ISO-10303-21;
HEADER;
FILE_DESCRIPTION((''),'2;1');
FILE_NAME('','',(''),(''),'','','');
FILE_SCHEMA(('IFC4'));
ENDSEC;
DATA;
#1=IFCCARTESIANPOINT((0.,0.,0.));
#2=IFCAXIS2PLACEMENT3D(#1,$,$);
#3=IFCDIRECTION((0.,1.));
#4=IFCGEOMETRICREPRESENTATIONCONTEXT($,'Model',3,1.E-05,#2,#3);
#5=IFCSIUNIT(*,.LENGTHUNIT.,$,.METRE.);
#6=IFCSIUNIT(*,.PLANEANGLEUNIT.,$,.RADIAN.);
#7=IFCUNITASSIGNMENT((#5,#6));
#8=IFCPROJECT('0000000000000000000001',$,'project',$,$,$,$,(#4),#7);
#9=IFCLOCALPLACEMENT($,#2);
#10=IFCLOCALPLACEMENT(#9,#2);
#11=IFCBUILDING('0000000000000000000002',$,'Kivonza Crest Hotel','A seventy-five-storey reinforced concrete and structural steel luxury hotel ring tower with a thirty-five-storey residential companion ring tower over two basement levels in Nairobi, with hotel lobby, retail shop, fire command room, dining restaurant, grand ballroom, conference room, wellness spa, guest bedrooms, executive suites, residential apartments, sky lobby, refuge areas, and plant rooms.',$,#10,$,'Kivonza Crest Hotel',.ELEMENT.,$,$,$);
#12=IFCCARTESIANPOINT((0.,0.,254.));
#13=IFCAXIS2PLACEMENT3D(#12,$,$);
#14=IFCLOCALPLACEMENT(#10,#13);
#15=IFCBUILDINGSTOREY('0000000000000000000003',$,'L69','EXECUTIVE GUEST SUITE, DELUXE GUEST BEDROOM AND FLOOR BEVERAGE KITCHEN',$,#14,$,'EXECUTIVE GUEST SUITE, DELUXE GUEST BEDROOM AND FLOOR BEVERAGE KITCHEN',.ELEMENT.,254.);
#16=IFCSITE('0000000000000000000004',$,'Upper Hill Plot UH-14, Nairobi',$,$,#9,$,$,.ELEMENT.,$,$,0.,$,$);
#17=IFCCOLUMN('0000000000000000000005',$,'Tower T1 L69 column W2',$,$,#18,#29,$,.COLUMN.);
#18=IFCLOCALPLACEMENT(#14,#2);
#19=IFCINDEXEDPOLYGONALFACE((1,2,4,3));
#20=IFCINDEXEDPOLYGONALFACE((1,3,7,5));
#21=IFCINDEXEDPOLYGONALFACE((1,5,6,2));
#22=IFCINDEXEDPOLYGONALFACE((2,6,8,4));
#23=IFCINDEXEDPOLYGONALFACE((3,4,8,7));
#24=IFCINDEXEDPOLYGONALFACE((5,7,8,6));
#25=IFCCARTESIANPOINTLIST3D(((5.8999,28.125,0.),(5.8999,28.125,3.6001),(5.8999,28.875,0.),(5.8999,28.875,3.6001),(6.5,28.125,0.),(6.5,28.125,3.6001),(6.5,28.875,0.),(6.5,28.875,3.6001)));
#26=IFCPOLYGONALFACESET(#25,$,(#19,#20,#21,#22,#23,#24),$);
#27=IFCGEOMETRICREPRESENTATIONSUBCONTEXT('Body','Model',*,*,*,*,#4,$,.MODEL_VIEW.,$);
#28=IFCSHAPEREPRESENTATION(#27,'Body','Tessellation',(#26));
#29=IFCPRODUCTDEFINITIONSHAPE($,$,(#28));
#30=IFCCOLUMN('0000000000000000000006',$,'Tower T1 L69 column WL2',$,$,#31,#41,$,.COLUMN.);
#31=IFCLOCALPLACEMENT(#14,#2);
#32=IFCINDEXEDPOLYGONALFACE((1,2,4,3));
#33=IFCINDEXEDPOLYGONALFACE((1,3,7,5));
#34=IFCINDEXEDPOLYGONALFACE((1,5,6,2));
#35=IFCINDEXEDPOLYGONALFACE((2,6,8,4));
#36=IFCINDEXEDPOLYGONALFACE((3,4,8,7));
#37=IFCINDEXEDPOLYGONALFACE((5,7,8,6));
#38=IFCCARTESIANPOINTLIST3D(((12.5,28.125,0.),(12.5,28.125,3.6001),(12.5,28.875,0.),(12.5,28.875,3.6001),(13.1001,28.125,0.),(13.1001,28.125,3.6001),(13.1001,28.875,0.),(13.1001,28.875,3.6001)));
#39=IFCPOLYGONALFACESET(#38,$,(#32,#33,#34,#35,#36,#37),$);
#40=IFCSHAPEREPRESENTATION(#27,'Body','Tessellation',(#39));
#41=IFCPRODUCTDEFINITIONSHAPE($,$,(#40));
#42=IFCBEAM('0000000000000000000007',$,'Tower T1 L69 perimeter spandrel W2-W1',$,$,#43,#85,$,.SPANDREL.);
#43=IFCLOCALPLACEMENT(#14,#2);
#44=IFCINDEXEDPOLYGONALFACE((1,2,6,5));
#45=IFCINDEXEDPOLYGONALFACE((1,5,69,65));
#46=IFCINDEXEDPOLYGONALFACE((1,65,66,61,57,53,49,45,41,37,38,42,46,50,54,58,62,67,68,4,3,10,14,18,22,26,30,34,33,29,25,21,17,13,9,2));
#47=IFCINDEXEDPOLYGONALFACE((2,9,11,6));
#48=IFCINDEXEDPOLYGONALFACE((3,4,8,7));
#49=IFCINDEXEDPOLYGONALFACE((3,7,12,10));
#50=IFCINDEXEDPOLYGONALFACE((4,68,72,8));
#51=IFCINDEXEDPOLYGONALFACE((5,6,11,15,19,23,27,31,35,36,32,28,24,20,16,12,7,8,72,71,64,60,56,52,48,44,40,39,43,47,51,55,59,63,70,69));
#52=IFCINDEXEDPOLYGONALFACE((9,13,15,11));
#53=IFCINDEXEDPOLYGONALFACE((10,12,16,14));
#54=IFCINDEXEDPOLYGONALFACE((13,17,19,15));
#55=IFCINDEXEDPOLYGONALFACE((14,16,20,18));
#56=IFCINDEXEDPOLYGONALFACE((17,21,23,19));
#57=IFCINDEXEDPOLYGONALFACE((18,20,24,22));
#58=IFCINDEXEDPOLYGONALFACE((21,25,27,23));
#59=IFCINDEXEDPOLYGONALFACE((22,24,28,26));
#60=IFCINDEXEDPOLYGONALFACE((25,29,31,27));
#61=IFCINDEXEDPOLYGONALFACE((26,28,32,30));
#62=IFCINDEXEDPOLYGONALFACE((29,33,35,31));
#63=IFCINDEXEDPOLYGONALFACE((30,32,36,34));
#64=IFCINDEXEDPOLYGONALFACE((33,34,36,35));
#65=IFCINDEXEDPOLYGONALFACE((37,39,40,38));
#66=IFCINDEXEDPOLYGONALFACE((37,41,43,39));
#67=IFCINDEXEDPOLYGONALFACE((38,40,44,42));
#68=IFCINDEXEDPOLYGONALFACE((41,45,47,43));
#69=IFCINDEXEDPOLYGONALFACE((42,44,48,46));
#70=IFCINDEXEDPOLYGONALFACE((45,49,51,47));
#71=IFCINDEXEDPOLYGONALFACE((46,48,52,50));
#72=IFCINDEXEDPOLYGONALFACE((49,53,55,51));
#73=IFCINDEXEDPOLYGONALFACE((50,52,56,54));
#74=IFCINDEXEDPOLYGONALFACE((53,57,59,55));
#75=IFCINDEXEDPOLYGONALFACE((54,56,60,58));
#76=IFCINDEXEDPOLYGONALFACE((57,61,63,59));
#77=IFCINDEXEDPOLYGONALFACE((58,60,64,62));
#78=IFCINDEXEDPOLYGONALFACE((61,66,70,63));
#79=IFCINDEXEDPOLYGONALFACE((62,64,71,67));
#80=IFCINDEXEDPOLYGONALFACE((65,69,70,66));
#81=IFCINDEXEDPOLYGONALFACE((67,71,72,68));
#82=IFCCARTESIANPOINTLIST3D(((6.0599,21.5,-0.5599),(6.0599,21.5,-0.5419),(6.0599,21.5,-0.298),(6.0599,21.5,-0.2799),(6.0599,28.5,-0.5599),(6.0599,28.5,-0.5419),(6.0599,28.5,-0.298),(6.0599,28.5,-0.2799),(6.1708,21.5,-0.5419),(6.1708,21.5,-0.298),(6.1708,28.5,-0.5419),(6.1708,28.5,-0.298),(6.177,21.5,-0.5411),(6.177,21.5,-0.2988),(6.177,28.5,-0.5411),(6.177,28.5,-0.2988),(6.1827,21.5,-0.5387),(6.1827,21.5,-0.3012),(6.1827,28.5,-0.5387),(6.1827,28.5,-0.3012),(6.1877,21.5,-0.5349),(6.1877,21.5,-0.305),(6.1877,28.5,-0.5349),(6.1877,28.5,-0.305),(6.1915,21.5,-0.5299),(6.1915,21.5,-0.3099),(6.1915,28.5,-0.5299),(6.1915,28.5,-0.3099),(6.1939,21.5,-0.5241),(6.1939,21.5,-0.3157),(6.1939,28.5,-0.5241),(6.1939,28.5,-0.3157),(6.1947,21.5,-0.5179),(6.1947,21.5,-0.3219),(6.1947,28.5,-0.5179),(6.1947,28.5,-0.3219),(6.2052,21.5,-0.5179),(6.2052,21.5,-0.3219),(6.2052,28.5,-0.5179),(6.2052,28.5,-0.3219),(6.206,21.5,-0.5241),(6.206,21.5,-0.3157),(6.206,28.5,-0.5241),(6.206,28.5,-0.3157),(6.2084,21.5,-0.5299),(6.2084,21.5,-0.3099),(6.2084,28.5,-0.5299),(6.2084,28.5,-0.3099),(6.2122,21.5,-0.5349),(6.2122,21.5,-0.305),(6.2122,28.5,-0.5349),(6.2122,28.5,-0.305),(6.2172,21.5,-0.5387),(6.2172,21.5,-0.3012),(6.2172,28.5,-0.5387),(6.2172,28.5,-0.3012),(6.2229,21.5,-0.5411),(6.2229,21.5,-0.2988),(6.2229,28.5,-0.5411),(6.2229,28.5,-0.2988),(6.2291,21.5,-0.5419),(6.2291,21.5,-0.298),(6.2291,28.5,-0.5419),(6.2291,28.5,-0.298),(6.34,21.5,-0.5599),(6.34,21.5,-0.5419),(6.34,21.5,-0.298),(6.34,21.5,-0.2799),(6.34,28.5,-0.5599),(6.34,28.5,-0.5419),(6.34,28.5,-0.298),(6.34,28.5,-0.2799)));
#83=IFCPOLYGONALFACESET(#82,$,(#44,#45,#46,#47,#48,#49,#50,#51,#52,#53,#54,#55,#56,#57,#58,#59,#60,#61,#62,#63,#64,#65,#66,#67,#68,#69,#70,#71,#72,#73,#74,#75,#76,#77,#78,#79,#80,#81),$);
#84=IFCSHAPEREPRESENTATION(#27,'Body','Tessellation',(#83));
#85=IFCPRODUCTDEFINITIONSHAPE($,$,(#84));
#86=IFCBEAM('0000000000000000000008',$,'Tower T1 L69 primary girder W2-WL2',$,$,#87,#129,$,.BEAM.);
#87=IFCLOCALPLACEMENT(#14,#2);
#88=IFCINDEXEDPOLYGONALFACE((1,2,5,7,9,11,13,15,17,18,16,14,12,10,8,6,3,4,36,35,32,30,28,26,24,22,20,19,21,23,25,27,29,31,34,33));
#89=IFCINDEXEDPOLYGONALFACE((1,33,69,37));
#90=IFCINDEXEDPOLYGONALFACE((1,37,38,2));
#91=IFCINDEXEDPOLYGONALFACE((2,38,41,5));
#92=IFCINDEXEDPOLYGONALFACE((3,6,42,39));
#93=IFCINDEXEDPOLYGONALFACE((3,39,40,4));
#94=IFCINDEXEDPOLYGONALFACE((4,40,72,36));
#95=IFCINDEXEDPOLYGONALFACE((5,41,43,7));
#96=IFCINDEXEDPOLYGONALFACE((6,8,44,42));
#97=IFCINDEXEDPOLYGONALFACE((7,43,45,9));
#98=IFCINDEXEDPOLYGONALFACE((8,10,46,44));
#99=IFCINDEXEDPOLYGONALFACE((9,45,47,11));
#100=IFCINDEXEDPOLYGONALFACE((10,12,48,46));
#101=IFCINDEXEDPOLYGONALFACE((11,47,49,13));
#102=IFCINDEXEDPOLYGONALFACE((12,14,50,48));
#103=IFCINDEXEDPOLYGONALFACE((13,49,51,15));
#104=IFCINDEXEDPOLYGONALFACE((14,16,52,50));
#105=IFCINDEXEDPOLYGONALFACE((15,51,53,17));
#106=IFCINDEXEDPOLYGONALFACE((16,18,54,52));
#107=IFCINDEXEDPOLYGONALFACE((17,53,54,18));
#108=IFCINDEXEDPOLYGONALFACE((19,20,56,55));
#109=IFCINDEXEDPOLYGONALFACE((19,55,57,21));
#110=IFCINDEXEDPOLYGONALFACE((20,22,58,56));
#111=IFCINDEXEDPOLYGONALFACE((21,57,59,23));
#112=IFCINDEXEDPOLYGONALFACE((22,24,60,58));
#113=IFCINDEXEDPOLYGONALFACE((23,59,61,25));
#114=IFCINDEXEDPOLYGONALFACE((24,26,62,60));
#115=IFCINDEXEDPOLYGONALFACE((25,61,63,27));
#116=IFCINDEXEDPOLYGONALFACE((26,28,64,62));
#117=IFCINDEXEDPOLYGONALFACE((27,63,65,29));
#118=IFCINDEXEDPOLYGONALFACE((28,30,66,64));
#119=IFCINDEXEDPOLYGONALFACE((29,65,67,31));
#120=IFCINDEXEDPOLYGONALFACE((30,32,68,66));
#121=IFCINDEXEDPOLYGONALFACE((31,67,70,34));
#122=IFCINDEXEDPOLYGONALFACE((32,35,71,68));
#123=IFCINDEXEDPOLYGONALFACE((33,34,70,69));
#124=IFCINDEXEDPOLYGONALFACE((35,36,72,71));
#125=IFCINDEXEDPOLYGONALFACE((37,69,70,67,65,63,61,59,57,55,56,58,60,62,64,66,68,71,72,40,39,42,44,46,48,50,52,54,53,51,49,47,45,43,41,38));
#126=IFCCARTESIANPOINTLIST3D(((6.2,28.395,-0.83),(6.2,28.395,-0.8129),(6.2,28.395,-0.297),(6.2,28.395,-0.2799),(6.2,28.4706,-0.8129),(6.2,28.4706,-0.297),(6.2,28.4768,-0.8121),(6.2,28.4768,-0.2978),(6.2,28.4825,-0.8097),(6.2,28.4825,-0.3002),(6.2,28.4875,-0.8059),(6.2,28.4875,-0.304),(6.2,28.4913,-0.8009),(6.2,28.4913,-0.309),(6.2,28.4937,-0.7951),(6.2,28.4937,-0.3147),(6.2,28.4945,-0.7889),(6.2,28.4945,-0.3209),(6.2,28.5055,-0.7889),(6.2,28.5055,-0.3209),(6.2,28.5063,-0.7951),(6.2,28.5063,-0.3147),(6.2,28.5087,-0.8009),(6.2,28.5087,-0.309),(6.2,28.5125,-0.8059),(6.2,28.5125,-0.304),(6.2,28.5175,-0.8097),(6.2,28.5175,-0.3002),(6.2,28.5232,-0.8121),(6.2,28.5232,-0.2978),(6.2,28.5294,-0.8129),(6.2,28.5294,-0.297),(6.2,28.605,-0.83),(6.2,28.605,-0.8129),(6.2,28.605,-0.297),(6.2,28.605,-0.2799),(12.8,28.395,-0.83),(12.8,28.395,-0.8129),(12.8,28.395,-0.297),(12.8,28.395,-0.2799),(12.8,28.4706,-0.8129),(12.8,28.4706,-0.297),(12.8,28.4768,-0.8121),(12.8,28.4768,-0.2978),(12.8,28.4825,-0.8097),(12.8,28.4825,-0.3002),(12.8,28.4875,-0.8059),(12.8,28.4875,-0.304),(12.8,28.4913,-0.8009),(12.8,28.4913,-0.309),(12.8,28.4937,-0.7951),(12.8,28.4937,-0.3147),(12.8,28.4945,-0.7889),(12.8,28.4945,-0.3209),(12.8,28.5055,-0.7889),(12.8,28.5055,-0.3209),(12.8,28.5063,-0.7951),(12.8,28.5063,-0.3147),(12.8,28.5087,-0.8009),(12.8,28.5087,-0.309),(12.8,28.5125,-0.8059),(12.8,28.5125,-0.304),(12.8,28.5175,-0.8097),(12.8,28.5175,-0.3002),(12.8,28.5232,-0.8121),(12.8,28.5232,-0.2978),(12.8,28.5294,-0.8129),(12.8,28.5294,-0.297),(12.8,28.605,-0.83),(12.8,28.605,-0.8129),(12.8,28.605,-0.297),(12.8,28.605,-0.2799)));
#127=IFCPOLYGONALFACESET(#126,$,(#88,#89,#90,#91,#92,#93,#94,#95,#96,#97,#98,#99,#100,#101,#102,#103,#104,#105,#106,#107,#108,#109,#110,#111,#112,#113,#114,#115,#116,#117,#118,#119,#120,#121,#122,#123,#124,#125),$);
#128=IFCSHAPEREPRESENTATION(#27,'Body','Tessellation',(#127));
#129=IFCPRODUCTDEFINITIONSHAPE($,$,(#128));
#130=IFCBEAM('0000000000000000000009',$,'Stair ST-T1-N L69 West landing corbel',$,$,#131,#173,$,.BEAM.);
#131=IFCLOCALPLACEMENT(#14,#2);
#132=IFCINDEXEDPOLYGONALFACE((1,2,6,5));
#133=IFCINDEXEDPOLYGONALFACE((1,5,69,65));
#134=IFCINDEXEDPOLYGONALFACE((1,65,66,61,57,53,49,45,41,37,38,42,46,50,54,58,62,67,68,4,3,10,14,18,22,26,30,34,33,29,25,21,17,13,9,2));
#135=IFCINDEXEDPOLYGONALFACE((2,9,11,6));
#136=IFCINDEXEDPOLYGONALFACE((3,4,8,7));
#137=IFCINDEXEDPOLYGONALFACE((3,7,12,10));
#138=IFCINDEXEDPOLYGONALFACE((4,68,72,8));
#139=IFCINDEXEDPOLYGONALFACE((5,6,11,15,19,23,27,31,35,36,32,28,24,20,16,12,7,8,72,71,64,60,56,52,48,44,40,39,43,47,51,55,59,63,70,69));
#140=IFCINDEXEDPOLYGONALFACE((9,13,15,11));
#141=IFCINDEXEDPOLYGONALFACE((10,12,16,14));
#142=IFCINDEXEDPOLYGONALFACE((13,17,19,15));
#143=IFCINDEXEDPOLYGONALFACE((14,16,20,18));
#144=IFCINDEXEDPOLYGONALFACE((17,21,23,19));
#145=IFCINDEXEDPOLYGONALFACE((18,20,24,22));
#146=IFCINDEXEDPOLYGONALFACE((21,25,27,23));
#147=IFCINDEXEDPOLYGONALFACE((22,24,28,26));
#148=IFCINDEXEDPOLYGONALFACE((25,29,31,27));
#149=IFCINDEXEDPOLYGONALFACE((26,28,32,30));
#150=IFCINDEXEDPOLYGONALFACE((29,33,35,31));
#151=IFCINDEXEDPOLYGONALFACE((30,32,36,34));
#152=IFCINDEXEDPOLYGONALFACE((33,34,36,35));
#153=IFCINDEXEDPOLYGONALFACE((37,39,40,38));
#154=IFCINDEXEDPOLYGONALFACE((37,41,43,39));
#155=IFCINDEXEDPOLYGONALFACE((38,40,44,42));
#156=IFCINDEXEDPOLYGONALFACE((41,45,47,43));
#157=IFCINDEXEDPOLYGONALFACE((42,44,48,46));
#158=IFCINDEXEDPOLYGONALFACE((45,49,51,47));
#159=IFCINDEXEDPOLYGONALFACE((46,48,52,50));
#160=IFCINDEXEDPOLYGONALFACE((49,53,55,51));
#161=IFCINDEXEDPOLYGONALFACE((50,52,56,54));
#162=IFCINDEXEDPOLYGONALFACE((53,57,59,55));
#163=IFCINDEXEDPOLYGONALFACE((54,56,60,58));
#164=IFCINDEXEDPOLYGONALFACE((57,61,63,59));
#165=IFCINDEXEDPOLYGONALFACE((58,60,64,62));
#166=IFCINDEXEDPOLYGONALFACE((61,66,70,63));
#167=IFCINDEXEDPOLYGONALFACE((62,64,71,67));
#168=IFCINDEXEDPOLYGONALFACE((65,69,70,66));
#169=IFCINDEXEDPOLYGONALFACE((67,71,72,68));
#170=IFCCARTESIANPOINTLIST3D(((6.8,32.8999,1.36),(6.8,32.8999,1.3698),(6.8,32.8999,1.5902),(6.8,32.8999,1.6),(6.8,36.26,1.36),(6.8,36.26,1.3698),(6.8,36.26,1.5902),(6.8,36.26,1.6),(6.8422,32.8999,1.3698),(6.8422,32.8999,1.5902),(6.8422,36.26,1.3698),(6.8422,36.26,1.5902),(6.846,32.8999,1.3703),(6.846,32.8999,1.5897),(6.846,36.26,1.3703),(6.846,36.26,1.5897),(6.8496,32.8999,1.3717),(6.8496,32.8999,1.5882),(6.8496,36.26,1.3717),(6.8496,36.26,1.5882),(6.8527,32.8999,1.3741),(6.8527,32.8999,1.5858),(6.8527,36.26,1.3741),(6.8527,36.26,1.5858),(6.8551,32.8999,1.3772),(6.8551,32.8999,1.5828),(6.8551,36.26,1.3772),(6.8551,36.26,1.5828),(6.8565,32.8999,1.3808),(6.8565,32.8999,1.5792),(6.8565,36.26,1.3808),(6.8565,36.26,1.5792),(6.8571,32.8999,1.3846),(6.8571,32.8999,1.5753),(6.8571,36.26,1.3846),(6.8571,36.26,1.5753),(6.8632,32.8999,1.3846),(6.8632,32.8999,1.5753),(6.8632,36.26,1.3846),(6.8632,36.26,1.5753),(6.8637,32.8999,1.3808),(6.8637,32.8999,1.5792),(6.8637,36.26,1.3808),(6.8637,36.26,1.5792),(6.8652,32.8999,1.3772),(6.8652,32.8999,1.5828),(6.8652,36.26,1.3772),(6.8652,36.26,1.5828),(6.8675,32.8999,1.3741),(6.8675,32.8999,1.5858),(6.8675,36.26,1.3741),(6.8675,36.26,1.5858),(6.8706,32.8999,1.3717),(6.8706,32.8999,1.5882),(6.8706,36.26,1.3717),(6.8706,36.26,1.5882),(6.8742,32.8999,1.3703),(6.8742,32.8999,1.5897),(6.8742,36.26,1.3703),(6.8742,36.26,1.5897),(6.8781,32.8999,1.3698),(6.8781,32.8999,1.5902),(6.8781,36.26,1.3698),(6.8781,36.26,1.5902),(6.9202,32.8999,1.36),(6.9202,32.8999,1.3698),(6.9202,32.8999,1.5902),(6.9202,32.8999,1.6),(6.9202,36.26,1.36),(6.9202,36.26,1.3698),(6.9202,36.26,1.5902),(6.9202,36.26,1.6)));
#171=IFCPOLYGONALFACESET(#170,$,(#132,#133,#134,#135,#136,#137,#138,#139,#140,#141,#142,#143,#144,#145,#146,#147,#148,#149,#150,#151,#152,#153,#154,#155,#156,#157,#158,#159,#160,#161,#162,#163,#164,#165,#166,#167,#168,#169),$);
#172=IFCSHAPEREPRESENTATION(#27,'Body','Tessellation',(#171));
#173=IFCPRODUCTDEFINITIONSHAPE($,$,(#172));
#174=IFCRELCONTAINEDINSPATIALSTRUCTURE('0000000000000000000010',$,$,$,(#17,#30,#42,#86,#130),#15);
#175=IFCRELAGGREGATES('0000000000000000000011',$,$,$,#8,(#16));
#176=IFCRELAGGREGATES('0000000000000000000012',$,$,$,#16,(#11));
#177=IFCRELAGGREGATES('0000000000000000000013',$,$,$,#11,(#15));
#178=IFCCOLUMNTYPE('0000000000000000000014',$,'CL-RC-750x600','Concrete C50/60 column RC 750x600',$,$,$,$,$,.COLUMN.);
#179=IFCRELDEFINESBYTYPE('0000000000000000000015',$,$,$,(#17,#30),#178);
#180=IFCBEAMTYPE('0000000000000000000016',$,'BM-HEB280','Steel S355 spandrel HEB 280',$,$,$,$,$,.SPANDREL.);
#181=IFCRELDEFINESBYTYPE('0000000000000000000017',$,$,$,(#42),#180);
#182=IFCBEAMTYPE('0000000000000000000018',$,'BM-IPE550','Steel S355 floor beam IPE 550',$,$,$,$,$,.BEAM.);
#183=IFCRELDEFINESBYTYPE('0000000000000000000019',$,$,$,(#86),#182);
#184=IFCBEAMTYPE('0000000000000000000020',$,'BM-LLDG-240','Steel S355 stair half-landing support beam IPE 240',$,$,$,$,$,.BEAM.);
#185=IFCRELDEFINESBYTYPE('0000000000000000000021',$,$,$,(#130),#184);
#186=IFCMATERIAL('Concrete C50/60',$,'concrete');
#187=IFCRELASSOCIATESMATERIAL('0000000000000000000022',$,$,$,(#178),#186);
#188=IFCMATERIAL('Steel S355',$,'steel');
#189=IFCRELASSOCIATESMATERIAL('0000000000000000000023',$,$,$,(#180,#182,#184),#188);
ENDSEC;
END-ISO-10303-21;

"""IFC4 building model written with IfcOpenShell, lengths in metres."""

from ifc_helpers import new_model, si_unit, direction, frame, origin, origin_2d, place, context, subcontext, project, spatial, rectangle, i_section, extrude, material, material_profile, profile_set, type_object, element, save


model = new_model("IFC4")

# Units and contexts
model_context = context("Model", 3, precision=1e-05, world=origin(), true_north=direction((0.0, 1.0)))
body_context = subcontext(model_context, "Body", "Model", "MODEL_VIEW")
ifc_project = project(units=[si_unit("LENGTHUNIT", "METRE"), si_unit("PLANEANGLEUNIT", "RADIAN")], contexts=[model_context])

# Site, building, storey
site_placement = place(None, origin())
site = spatial("IfcSite", under=ifc_project, at=site_placement, Name="Upper Hill Plot UH-14, Nairobi", CompositionType="ELEMENT", RefElevation=0.0)
building_placement = place(site_placement, origin())
building = spatial("IfcBuilding", under=site, at=building_placement, Name="Kivonza Crest Hotel", Description="A seventy-five-storey reinforced concrete and structural steel luxury hotel ring tower with a thirty-five-storey residential companion ring tower over two basement levels in Nairobi, with hotel lobby, retail shop, fire command room, dining restaurant, grand ballroom, conference room, wellness spa, guest bedrooms, executive suites, residential apartments, sky lobby, refuge areas, and plant rooms.", LongName="Kivonza Crest Hotel", CompositionType="ELEMENT")
storey_placement = place(building_placement, frame((0.0, 0.0, 254.0)))
storey = spatial("IfcBuildingStorey", under=building, at=storey_placement, Name="L69", Description="EXECUTIVE GUEST SUITE, DELUXE GUEST BEDROOM AND FLOOR BEVERAGE KITCHEN", LongName="EXECUTIVE GUEST SUITE, DELUXE GUEST BEDROOM AND FLOOR BEVERAGE KITCHEN", CompositionType="ELEMENT", Elevation=254.0)

# Columns
ifc_material_1 = material(Name="Concrete C50/60", Category="concrete")
ifc_material_profile_1 = material_profile(ifc_material_1, rectangle(XDim=0.6001, YDim=0.75, at=origin_2d()), Name="RC 750x600")
ifc_profile_set_1 = profile_set([ifc_material_profile_1], Name="Concrete C50/60")
column_type = type_object("IfcColumnType", Name="CL-RC-750x600", Description="Concrete C50/60 column RC 750x600", PredefinedType="COLUMN", material=ifc_profile_set_1)
for number, where, z_axis, x_axis, name in (
    (1, (6.2, 28.5, 0.0), (0.0, 0.0, 1.0), (1.0, 0.0, 0.0), "Tower T1 L69 column W2"),
    (2, (12.8, 28.5, 0.0), (0.0, 0.0, 1.0), (1.0, 0.0, 0.0), "Tower T1 L69 column WL2"),
):
    element("IfcColumn", number, at=place(storey_placement, frame(where, z_axis=z_axis, x_axis=x_axis)), inside=storey, type_object=column_type, Name=name, PredefinedType="COLUMN", context=body_context, shape_type="SweptSolid", body=[
        extrude(rectangle(XDim=0.6001, YDim=0.75, at=origin_2d()), origin(), (0.0, 0.0, 1.0), 3.6001),
    ])

# Beams
ifc_material_2 = material(Name="Steel S355", Category="steel")
ifc_material_profile_2 = material_profile(ifc_material_2, i_section(OverallWidth=0.28, OverallDepth=0.28, WebThickness=0.0105, FlangeThickness=0.0181, FilletRadius=0.0239, at=origin_2d()), Name="HEB 280")
ifc_profile_set_2 = profile_set([ifc_material_profile_2], Name="Steel S355")
beam_type_1 = type_object("IfcBeamType", Name="BM-HEB280", Description="Steel S355 spandrel HEB 280", PredefinedType="SPANDREL", material=ifc_profile_set_2)
beam_1_placement = place(storey_placement, frame((6.2, 28.5, -0.4199), z_axis=(0.0, -1.0, 0.0), x_axis=(1.0, 0.0, 0.0)))
element("IfcBeam", 3, at=beam_1_placement, inside=storey, type_object=beam_type_1, Name="Tower T1 L69 perimeter spandrel W2-W1", PredefinedType="SPANDREL", context=body_context, shape_type="SweptSolid", body=[
    extrude(i_section(OverallWidth=0.28, OverallDepth=0.28, WebThickness=0.0105, FlangeThickness=0.0181, FilletRadius=0.0239, at=origin_2d()), origin(), (0.0, 0.0, 1.0), 7.0),
])
ifc_material_profile_3 = material_profile(ifc_material_2, i_section(OverallWidth=0.21, OverallDepth=0.55, WebThickness=0.011, FlangeThickness=0.0171, FilletRadius=0.0239, at=origin_2d()), Name="IPE 550")
ifc_profile_set_3 = profile_set([ifc_material_profile_3], Name="Steel S355")
beam_type_2 = type_object("IfcBeamType", Name="BM-IPE550", Description="Steel S355 floor beam IPE 550", PredefinedType="BEAM", material=ifc_profile_set_3)
beam_2_placement = place(storey_placement, frame((6.2, 28.5, -0.5549), z_axis=(1.0, 0.0, 0.0), x_axis=(0.0, 1.0, 0.0)))
element("IfcBeam", 4, at=beam_2_placement, inside=storey, type_object=beam_type_2, Name="Tower T1 L69 primary girder W2-WL2", PredefinedType="BEAM", context=body_context, shape_type="SweptSolid", body=[
    extrude(i_section(OverallWidth=0.21, OverallDepth=0.55, WebThickness=0.011, FlangeThickness=0.0171, FilletRadius=0.0239, at=origin_2d()), origin(), (0.0, 0.0, 1.0), 6.6001),
])
ifc_material_profile_4 = material_profile(ifc_material_2, i_section(OverallWidth=0.1201, OverallDepth=0.24, WebThickness=0.0061, FlangeThickness=0.0098, FilletRadius=0.0149, at=origin_2d()), Name="IPE 240")
ifc_profile_set_4 = profile_set([ifc_material_profile_4], Name="Steel S355")
beam_type_3 = type_object("IfcBeamType", Name="BM-LLDG-240", Description="Steel S355 stair half-landing support beam IPE 240", PredefinedType="BEAM", material=ifc_profile_set_4)
beam_3_placement = place(storey_placement, frame((6.8601, 32.8999, 1.48), z_axis=(0.0, 1.0, 0.0), x_axis=(-1.0, 0.0, 0.0)))
element("IfcBeam", 5, at=beam_3_placement, inside=storey, type_object=beam_type_3, Name="Stair ST-T1-N L69 West landing corbel", PredefinedType="BEAM", context=body_context, shape_type="SweptSolid", body=[
    extrude(i_section(OverallWidth=0.1201, OverallDepth=0.24, WebThickness=0.0061, FlangeThickness=0.0098, FilletRadius=0.0149, at=origin_2d()), origin(), (0.0, 0.0, 1.0), 3.3601),
])

save(model, "model.ifc")
